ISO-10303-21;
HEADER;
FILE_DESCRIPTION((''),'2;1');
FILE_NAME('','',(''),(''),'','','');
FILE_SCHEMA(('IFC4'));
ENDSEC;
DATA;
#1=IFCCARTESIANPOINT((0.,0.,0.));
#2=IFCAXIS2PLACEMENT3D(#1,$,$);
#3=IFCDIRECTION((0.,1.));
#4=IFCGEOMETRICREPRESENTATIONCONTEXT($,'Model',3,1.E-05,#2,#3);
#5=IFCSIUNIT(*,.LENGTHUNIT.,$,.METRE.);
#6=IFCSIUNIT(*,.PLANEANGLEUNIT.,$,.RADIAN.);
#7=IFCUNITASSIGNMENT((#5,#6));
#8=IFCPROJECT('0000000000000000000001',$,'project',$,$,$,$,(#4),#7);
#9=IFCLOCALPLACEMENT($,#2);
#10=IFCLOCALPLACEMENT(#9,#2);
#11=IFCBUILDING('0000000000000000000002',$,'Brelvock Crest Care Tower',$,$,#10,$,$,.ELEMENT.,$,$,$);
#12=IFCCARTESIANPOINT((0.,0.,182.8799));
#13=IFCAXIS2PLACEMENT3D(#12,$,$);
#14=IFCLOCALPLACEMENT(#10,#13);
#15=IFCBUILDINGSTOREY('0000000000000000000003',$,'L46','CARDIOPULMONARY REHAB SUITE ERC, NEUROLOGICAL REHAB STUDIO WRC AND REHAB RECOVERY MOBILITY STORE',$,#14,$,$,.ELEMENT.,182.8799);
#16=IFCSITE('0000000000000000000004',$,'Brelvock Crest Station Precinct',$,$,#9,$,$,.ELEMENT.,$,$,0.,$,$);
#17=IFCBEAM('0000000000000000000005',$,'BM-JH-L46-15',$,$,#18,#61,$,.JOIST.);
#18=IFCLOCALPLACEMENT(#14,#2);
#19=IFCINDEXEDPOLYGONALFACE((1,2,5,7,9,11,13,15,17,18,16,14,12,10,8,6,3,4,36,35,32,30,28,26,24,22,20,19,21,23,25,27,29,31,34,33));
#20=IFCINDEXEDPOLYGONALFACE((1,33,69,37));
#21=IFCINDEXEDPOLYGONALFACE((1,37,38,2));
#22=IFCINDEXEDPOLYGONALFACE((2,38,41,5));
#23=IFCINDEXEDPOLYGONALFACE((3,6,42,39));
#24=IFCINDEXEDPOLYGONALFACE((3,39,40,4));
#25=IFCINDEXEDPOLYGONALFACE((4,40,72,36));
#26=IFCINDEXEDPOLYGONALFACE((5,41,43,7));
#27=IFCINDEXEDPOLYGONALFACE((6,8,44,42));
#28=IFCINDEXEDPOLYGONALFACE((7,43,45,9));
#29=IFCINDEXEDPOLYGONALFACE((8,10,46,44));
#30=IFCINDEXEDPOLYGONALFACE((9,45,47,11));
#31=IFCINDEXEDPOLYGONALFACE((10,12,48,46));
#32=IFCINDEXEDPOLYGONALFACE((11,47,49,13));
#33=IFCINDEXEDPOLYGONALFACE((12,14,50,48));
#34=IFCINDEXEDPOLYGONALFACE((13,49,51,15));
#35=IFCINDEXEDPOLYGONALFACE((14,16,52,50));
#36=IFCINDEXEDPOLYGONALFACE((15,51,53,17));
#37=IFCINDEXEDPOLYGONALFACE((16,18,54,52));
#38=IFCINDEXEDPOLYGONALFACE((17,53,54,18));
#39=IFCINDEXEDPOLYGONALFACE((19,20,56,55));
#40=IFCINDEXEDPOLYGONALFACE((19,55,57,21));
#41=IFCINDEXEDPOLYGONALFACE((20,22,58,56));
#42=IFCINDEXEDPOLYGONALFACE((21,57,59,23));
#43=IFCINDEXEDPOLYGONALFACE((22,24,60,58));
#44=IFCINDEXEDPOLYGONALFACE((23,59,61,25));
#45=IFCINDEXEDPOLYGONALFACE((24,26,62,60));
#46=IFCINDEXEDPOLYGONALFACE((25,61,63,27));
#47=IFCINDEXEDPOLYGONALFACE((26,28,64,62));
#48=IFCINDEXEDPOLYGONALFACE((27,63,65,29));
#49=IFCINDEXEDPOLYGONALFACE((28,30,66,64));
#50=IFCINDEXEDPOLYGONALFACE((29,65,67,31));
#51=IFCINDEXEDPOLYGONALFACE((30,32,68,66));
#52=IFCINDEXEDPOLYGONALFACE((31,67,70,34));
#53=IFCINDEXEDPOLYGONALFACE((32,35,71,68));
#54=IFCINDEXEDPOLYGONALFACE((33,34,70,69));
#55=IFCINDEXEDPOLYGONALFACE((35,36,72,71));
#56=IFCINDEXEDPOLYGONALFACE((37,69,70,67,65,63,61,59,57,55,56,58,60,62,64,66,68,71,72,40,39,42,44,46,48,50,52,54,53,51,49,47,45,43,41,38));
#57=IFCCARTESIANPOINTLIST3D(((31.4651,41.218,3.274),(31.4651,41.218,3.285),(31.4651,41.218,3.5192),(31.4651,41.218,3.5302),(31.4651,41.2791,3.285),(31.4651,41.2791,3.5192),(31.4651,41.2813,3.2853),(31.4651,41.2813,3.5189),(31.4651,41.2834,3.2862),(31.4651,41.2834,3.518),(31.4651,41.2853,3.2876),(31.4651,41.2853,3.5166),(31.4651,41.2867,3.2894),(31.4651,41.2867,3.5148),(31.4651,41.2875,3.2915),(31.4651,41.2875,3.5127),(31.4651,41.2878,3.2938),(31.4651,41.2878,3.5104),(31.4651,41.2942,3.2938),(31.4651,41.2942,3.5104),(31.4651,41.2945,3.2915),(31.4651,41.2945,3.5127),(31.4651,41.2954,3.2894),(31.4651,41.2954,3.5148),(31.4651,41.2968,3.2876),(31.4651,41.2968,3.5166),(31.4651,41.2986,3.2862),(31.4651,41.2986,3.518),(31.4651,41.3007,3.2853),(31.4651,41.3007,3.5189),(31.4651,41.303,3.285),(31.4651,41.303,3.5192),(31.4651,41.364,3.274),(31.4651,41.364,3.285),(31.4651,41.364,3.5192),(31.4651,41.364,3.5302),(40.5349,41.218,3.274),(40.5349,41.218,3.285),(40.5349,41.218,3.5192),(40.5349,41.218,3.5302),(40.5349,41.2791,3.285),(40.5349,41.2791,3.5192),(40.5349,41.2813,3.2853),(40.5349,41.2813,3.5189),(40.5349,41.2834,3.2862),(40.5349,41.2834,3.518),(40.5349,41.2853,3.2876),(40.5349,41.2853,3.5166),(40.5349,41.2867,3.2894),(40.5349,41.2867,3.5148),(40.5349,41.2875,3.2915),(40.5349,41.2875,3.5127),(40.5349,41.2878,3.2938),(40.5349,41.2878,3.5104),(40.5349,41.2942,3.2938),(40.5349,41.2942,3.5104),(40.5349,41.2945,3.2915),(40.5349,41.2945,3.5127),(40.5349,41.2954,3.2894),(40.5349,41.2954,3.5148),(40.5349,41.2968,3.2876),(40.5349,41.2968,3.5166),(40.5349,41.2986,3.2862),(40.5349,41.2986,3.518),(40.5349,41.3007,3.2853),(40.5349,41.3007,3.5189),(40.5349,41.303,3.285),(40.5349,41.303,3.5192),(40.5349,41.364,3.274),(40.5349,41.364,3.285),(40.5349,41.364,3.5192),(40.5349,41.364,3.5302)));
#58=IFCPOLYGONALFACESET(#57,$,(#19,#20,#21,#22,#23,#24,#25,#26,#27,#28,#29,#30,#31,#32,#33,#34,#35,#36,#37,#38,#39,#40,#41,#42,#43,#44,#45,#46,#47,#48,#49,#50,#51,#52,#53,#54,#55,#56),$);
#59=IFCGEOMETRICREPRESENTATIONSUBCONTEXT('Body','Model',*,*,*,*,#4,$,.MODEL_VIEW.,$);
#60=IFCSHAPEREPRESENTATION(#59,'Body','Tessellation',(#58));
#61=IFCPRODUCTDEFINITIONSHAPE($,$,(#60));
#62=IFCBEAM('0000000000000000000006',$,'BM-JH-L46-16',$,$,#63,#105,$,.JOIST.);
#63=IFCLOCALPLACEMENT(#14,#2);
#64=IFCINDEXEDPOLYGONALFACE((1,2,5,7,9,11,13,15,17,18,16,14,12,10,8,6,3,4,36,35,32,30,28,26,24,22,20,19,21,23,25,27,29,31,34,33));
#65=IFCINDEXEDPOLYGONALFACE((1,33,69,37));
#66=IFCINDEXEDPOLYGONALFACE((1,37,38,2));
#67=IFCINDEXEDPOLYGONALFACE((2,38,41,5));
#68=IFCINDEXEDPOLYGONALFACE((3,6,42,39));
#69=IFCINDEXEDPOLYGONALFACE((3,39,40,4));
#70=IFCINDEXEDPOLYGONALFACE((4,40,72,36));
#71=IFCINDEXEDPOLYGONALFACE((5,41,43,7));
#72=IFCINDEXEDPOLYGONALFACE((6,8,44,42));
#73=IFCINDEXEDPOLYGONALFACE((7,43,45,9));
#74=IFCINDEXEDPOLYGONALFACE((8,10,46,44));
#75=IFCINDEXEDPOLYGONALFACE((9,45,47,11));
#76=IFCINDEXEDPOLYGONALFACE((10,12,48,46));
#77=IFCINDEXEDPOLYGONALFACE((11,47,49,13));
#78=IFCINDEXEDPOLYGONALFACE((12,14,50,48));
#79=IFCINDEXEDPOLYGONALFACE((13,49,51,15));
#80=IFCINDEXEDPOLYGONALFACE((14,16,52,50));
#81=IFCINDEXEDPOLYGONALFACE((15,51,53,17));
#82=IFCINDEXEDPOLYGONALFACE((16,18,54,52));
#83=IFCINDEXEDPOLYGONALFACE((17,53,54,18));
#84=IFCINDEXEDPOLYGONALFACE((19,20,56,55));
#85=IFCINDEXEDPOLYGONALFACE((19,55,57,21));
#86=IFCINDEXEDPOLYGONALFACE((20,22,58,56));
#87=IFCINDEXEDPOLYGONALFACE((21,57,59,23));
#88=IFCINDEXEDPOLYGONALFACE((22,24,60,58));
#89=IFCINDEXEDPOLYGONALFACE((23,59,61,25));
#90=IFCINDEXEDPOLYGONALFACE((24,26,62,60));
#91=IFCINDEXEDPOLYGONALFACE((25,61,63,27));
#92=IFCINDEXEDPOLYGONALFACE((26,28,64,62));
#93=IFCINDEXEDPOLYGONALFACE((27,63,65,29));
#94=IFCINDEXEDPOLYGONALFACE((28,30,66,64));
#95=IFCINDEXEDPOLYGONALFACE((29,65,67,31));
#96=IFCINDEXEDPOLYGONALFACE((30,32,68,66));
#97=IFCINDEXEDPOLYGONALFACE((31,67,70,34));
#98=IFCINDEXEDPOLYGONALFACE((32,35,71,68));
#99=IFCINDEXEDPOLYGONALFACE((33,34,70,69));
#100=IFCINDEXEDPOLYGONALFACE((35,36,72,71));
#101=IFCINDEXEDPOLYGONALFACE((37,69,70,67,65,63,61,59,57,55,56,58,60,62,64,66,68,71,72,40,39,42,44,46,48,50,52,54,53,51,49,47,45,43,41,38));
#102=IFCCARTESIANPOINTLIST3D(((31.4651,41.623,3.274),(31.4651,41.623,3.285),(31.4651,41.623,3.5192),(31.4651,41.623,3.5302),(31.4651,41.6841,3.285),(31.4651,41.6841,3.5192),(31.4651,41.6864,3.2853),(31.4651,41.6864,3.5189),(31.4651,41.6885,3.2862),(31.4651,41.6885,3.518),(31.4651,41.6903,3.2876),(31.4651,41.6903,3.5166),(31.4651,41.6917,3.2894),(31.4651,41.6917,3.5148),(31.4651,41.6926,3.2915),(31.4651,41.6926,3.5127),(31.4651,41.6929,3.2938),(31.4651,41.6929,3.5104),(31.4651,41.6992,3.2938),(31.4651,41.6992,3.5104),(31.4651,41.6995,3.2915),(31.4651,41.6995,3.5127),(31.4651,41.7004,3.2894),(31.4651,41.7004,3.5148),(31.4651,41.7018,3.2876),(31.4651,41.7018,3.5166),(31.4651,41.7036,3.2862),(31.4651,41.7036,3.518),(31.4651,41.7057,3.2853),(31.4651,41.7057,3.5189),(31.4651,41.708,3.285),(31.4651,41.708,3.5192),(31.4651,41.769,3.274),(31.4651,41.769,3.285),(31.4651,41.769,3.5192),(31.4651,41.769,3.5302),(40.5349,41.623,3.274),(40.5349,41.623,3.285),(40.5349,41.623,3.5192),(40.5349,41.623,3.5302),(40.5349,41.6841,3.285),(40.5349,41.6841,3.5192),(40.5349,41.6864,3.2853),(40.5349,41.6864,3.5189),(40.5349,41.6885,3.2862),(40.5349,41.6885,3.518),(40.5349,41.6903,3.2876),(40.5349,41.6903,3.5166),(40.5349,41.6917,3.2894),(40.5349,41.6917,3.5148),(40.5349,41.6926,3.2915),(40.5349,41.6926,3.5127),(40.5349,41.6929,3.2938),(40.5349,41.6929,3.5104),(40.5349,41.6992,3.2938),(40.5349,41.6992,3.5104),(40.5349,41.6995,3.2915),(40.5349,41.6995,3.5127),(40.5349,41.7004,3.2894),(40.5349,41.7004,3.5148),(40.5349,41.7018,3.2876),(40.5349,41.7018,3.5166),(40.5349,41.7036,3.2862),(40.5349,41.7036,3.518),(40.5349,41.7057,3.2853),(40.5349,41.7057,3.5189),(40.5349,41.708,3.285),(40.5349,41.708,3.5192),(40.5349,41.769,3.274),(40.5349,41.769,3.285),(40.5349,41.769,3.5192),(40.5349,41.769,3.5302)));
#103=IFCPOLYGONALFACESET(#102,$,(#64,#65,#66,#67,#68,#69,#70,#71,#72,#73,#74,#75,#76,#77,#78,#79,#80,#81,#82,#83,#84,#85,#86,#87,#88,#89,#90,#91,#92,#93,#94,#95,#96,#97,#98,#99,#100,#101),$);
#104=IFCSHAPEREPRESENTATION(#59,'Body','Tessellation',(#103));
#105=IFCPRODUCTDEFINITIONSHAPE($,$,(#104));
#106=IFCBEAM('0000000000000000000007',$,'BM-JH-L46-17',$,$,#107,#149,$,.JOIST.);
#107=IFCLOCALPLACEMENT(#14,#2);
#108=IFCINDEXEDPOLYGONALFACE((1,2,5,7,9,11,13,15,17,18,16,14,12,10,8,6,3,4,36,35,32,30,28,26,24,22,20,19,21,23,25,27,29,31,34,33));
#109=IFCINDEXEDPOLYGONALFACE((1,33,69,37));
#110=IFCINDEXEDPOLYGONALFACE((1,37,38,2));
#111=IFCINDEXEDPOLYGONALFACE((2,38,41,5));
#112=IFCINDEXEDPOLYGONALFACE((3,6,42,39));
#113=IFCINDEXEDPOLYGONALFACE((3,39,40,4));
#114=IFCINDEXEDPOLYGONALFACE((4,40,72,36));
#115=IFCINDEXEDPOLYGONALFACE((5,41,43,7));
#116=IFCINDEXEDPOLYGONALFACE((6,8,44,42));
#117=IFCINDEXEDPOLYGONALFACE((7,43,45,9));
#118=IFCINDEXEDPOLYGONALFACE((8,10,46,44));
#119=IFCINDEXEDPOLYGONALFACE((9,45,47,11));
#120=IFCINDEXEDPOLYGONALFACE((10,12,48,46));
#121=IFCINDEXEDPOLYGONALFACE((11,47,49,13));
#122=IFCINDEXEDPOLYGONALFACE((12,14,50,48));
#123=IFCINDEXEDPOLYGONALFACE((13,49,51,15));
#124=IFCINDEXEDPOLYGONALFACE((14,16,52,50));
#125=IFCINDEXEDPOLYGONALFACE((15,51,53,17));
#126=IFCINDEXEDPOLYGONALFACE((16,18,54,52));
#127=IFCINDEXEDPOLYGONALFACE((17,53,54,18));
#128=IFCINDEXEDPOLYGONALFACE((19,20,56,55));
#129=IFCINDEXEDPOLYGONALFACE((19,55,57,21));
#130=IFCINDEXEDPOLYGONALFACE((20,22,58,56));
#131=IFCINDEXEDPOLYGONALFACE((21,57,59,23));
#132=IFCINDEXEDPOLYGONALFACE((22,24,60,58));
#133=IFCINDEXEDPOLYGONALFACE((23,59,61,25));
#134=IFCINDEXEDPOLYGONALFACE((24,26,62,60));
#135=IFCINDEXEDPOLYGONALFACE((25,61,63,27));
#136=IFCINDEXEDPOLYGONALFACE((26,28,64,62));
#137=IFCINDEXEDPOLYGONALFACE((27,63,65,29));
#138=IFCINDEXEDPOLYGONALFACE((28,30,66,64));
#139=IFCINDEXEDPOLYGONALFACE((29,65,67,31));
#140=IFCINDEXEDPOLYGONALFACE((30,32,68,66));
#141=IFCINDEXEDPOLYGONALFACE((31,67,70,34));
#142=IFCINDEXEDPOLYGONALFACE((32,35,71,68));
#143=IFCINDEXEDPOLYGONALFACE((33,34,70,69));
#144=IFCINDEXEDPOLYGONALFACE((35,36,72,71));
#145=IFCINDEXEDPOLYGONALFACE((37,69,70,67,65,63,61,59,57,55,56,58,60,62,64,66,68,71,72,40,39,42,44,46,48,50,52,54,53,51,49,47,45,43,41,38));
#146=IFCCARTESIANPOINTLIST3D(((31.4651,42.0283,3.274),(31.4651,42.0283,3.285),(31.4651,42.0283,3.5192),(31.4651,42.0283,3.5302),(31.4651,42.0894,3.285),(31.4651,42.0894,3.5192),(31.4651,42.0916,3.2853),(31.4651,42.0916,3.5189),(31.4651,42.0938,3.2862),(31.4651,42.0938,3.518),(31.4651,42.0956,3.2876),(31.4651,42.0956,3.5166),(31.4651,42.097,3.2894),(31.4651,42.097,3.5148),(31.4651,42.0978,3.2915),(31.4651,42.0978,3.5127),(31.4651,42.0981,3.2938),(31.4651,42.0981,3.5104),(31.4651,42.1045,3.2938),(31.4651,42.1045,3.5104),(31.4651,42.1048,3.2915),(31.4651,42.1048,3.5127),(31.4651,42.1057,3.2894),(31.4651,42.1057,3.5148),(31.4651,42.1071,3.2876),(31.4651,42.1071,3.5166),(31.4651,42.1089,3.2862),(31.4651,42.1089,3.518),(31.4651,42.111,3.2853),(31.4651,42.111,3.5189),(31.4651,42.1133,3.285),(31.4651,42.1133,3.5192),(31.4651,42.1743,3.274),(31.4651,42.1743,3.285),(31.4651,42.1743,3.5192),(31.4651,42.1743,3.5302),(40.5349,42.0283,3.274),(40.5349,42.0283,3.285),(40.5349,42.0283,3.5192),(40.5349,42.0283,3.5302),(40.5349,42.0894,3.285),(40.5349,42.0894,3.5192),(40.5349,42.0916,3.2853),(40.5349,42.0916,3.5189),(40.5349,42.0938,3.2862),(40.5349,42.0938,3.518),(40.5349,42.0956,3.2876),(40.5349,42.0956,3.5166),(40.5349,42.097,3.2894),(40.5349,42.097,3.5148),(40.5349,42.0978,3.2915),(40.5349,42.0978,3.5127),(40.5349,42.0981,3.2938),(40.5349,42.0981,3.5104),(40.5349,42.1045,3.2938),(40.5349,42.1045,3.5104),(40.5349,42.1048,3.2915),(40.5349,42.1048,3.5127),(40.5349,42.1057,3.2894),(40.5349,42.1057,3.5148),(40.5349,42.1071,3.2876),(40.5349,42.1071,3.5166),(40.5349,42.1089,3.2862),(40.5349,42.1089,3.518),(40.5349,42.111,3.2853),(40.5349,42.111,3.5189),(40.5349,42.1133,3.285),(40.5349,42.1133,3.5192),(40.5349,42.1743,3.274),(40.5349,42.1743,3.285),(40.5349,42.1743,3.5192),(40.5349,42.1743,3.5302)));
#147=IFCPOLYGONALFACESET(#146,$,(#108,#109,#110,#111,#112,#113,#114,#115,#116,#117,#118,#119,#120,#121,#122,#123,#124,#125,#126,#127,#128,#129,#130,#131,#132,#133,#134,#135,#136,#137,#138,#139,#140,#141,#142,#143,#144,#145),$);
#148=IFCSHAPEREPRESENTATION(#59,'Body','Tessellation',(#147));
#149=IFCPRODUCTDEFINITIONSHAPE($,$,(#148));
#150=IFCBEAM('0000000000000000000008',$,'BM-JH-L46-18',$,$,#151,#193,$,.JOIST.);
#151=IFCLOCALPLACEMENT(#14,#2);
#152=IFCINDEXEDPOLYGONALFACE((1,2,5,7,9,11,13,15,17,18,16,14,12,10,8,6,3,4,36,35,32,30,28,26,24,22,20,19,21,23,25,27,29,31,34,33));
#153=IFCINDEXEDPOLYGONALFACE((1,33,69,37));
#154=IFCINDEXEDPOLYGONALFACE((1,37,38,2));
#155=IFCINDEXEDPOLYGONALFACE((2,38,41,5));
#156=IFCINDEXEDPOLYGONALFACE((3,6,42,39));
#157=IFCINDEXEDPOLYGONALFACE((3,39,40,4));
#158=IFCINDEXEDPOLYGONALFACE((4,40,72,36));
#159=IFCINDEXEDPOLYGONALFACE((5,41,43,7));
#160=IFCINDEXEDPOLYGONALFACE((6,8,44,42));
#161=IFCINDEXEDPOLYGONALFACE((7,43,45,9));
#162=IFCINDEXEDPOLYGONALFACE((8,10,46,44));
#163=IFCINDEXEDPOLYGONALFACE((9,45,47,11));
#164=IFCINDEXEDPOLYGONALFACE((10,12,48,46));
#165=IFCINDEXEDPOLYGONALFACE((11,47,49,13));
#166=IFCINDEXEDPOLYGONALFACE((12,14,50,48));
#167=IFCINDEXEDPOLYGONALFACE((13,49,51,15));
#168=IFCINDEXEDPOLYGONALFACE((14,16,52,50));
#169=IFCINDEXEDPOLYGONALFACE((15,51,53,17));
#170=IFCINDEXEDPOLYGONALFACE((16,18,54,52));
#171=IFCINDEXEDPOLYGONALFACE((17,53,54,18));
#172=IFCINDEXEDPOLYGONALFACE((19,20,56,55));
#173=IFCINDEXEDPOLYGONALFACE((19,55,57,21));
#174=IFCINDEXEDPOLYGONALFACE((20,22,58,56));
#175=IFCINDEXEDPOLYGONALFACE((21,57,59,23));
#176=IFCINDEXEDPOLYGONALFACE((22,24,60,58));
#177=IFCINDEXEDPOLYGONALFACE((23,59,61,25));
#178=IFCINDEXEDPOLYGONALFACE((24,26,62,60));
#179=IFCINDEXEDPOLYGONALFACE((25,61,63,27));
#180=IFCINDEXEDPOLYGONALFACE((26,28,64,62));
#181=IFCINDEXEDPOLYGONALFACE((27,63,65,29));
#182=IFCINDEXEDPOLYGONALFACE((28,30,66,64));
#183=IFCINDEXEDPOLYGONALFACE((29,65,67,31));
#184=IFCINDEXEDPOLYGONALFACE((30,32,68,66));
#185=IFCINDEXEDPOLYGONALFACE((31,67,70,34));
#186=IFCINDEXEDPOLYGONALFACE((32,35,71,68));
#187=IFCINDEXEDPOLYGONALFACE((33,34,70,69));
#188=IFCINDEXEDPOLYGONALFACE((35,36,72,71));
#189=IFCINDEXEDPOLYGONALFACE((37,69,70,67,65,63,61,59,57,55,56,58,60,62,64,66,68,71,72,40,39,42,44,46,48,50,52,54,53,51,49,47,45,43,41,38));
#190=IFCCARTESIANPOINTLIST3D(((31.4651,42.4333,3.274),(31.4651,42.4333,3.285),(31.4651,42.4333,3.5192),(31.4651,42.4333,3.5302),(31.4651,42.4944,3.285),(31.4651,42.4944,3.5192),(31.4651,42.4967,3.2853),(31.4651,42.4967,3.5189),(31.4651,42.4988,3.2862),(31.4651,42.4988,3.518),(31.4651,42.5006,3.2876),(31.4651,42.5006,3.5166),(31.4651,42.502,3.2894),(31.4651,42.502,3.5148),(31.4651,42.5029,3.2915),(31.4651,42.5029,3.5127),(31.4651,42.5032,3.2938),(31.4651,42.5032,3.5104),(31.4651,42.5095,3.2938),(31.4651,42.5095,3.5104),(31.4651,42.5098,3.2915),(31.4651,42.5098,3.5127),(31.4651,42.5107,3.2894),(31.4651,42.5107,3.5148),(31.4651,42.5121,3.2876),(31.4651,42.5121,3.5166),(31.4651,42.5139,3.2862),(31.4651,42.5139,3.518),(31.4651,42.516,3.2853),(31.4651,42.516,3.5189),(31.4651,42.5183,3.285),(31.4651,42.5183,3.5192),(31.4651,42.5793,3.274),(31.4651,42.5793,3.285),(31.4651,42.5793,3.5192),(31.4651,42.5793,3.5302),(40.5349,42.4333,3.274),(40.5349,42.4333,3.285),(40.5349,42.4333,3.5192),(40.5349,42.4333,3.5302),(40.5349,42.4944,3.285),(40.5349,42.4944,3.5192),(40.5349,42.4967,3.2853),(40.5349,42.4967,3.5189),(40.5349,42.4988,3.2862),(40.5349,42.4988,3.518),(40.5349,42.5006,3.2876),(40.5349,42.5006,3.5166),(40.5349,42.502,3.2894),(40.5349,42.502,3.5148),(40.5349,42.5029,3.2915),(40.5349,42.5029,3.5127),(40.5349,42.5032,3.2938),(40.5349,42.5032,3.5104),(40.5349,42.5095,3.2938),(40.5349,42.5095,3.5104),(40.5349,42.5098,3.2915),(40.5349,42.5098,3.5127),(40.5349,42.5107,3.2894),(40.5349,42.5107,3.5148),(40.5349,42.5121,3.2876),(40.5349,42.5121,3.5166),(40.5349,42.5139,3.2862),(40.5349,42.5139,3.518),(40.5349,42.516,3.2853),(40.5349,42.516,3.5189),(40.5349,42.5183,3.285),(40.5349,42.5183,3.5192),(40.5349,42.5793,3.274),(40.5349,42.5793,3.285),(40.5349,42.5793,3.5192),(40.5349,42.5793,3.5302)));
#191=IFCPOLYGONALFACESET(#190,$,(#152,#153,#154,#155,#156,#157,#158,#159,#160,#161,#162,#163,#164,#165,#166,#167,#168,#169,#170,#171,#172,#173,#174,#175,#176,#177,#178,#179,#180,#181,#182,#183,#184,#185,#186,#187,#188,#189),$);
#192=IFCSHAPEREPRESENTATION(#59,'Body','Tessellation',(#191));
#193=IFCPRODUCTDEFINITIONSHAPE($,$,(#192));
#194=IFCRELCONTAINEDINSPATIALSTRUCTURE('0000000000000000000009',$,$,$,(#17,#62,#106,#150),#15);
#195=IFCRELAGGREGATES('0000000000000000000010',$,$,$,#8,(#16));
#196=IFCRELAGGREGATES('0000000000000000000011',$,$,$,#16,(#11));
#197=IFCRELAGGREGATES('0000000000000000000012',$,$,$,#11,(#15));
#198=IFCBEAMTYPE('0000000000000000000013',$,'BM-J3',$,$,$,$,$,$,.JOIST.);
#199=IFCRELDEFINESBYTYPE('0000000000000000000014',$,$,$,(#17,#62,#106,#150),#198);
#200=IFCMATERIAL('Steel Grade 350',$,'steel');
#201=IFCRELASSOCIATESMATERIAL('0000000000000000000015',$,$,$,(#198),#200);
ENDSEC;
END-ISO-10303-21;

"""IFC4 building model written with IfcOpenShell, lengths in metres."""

from ifc_helpers import new_model, si_unit, direction, frame, origin, origin_2d, place, context, subcontext, project, spatial, i_section, extrude, source, transform, mapped, material, material_profile, profile_set, type_object, element, save


model = new_model("IFC4")

# Units and contexts
model_context = context("Model", 3, precision=1e-05, world=origin(), true_north=direction((0.0, 1.0)))
body_context = subcontext(model_context, "Body", "Model", "MODEL_VIEW")
ifc_project = project(units=[si_unit("LENGTHUNIT", "METRE"), si_unit("PLANEANGLEUNIT", "RADIAN")], contexts=[model_context])

# Site, building, storey
site_placement = place(None, origin())
site = spatial("IfcSite", under=ifc_project, at=site_placement, Name="Brelvock Crest Station Precinct", CompositionType="ELEMENT", RefElevation=0.0)
building_placement = place(site_placement, origin())
building = spatial("IfcBuilding", under=site, at=building_placement, Name="Brelvock Crest Care Tower", CompositionType="ELEMENT")
storey_placement = place(building_placement, frame((0.0, 0.0, 182.8799)))
storey = spatial("IfcBuildingStorey", under=building, at=storey_placement, Name="L46", Description="CARDIOPULMONARY REHAB SUITE ERC, NEUROLOGICAL REHAB STUDIO WRC AND REHAB RECOVERY MOBILITY STORE", CompositionType="ELEMENT", Elevation=182.8799)

# Beams
ifc_material_1 = material(Name="Steel Grade 350", Category="steel")
ifc_material_profile_1 = material_profile(ifc_material_1, i_section(OverallWidth=0.146, OverallDepth=0.2561, WebThickness=0.0063, FlangeThickness=0.011, FilletRadius=0.0088, at=origin_2d()), Name="250UB37.3")
ifc_profile_set_1 = profile_set([ifc_material_profile_1], Name="Steel Grade 350")
beam_type_1 = type_object("IfcBeamType", Name="BM-J3", PredefinedType="JOIST", material=ifc_profile_set_1)
shared_shape_1 = source(origin(), body_context, "Body", "SweptSolid", [
    extrude(i_section(OverallWidth=0.146, OverallDepth=0.2561, WebThickness=0.0063, FlangeThickness=0.011, FilletRadius=0.0088, at=origin_2d()), origin(), (0.0, 0.0, 1.0), 9.0698),
])
for number, where, z_axis, x_axis, name in (
    (1, (31.4651, 41.291, 3.4021), (1.0, 0.0, 0.0), (0.0, 1.0, 0.0), "BM-JH-L46-15"),
    (2, (31.4651, 41.696, 3.4021), (1.0, 0.0, 0.0), (0.0, 1.0, 0.0), "BM-JH-L46-16"),
    (3, (31.4651, 42.1013, 3.4021), (1.0, 0.0, 0.0), (0.0, 1.0, 0.0), "BM-JH-L46-17"),
    (4, (31.4651, 42.5063, 3.4021), (1.0, 0.0, 0.0), (0.0, 1.0, 0.0), "BM-JH-L46-18"),
):
    element("IfcBeam", number, at=place(storey_placement, frame(where, z_axis=z_axis, x_axis=x_axis)), inside=storey, type_object=beam_type_1, Name=name, PredefinedType="JOIST", context=body_context, shape_type="MappedRepresentation", body=[
        mapped(shared_shape_1, transform((0.0, 0.0, 0.0), x_axis=(1.0, 0.0, 0.0), y_axis=(0.0, 1.0, 0.0), z_axis=(0.0, 0.0, 1.0), scale=1.0)),
    ])

save(model, "model.ifc")
